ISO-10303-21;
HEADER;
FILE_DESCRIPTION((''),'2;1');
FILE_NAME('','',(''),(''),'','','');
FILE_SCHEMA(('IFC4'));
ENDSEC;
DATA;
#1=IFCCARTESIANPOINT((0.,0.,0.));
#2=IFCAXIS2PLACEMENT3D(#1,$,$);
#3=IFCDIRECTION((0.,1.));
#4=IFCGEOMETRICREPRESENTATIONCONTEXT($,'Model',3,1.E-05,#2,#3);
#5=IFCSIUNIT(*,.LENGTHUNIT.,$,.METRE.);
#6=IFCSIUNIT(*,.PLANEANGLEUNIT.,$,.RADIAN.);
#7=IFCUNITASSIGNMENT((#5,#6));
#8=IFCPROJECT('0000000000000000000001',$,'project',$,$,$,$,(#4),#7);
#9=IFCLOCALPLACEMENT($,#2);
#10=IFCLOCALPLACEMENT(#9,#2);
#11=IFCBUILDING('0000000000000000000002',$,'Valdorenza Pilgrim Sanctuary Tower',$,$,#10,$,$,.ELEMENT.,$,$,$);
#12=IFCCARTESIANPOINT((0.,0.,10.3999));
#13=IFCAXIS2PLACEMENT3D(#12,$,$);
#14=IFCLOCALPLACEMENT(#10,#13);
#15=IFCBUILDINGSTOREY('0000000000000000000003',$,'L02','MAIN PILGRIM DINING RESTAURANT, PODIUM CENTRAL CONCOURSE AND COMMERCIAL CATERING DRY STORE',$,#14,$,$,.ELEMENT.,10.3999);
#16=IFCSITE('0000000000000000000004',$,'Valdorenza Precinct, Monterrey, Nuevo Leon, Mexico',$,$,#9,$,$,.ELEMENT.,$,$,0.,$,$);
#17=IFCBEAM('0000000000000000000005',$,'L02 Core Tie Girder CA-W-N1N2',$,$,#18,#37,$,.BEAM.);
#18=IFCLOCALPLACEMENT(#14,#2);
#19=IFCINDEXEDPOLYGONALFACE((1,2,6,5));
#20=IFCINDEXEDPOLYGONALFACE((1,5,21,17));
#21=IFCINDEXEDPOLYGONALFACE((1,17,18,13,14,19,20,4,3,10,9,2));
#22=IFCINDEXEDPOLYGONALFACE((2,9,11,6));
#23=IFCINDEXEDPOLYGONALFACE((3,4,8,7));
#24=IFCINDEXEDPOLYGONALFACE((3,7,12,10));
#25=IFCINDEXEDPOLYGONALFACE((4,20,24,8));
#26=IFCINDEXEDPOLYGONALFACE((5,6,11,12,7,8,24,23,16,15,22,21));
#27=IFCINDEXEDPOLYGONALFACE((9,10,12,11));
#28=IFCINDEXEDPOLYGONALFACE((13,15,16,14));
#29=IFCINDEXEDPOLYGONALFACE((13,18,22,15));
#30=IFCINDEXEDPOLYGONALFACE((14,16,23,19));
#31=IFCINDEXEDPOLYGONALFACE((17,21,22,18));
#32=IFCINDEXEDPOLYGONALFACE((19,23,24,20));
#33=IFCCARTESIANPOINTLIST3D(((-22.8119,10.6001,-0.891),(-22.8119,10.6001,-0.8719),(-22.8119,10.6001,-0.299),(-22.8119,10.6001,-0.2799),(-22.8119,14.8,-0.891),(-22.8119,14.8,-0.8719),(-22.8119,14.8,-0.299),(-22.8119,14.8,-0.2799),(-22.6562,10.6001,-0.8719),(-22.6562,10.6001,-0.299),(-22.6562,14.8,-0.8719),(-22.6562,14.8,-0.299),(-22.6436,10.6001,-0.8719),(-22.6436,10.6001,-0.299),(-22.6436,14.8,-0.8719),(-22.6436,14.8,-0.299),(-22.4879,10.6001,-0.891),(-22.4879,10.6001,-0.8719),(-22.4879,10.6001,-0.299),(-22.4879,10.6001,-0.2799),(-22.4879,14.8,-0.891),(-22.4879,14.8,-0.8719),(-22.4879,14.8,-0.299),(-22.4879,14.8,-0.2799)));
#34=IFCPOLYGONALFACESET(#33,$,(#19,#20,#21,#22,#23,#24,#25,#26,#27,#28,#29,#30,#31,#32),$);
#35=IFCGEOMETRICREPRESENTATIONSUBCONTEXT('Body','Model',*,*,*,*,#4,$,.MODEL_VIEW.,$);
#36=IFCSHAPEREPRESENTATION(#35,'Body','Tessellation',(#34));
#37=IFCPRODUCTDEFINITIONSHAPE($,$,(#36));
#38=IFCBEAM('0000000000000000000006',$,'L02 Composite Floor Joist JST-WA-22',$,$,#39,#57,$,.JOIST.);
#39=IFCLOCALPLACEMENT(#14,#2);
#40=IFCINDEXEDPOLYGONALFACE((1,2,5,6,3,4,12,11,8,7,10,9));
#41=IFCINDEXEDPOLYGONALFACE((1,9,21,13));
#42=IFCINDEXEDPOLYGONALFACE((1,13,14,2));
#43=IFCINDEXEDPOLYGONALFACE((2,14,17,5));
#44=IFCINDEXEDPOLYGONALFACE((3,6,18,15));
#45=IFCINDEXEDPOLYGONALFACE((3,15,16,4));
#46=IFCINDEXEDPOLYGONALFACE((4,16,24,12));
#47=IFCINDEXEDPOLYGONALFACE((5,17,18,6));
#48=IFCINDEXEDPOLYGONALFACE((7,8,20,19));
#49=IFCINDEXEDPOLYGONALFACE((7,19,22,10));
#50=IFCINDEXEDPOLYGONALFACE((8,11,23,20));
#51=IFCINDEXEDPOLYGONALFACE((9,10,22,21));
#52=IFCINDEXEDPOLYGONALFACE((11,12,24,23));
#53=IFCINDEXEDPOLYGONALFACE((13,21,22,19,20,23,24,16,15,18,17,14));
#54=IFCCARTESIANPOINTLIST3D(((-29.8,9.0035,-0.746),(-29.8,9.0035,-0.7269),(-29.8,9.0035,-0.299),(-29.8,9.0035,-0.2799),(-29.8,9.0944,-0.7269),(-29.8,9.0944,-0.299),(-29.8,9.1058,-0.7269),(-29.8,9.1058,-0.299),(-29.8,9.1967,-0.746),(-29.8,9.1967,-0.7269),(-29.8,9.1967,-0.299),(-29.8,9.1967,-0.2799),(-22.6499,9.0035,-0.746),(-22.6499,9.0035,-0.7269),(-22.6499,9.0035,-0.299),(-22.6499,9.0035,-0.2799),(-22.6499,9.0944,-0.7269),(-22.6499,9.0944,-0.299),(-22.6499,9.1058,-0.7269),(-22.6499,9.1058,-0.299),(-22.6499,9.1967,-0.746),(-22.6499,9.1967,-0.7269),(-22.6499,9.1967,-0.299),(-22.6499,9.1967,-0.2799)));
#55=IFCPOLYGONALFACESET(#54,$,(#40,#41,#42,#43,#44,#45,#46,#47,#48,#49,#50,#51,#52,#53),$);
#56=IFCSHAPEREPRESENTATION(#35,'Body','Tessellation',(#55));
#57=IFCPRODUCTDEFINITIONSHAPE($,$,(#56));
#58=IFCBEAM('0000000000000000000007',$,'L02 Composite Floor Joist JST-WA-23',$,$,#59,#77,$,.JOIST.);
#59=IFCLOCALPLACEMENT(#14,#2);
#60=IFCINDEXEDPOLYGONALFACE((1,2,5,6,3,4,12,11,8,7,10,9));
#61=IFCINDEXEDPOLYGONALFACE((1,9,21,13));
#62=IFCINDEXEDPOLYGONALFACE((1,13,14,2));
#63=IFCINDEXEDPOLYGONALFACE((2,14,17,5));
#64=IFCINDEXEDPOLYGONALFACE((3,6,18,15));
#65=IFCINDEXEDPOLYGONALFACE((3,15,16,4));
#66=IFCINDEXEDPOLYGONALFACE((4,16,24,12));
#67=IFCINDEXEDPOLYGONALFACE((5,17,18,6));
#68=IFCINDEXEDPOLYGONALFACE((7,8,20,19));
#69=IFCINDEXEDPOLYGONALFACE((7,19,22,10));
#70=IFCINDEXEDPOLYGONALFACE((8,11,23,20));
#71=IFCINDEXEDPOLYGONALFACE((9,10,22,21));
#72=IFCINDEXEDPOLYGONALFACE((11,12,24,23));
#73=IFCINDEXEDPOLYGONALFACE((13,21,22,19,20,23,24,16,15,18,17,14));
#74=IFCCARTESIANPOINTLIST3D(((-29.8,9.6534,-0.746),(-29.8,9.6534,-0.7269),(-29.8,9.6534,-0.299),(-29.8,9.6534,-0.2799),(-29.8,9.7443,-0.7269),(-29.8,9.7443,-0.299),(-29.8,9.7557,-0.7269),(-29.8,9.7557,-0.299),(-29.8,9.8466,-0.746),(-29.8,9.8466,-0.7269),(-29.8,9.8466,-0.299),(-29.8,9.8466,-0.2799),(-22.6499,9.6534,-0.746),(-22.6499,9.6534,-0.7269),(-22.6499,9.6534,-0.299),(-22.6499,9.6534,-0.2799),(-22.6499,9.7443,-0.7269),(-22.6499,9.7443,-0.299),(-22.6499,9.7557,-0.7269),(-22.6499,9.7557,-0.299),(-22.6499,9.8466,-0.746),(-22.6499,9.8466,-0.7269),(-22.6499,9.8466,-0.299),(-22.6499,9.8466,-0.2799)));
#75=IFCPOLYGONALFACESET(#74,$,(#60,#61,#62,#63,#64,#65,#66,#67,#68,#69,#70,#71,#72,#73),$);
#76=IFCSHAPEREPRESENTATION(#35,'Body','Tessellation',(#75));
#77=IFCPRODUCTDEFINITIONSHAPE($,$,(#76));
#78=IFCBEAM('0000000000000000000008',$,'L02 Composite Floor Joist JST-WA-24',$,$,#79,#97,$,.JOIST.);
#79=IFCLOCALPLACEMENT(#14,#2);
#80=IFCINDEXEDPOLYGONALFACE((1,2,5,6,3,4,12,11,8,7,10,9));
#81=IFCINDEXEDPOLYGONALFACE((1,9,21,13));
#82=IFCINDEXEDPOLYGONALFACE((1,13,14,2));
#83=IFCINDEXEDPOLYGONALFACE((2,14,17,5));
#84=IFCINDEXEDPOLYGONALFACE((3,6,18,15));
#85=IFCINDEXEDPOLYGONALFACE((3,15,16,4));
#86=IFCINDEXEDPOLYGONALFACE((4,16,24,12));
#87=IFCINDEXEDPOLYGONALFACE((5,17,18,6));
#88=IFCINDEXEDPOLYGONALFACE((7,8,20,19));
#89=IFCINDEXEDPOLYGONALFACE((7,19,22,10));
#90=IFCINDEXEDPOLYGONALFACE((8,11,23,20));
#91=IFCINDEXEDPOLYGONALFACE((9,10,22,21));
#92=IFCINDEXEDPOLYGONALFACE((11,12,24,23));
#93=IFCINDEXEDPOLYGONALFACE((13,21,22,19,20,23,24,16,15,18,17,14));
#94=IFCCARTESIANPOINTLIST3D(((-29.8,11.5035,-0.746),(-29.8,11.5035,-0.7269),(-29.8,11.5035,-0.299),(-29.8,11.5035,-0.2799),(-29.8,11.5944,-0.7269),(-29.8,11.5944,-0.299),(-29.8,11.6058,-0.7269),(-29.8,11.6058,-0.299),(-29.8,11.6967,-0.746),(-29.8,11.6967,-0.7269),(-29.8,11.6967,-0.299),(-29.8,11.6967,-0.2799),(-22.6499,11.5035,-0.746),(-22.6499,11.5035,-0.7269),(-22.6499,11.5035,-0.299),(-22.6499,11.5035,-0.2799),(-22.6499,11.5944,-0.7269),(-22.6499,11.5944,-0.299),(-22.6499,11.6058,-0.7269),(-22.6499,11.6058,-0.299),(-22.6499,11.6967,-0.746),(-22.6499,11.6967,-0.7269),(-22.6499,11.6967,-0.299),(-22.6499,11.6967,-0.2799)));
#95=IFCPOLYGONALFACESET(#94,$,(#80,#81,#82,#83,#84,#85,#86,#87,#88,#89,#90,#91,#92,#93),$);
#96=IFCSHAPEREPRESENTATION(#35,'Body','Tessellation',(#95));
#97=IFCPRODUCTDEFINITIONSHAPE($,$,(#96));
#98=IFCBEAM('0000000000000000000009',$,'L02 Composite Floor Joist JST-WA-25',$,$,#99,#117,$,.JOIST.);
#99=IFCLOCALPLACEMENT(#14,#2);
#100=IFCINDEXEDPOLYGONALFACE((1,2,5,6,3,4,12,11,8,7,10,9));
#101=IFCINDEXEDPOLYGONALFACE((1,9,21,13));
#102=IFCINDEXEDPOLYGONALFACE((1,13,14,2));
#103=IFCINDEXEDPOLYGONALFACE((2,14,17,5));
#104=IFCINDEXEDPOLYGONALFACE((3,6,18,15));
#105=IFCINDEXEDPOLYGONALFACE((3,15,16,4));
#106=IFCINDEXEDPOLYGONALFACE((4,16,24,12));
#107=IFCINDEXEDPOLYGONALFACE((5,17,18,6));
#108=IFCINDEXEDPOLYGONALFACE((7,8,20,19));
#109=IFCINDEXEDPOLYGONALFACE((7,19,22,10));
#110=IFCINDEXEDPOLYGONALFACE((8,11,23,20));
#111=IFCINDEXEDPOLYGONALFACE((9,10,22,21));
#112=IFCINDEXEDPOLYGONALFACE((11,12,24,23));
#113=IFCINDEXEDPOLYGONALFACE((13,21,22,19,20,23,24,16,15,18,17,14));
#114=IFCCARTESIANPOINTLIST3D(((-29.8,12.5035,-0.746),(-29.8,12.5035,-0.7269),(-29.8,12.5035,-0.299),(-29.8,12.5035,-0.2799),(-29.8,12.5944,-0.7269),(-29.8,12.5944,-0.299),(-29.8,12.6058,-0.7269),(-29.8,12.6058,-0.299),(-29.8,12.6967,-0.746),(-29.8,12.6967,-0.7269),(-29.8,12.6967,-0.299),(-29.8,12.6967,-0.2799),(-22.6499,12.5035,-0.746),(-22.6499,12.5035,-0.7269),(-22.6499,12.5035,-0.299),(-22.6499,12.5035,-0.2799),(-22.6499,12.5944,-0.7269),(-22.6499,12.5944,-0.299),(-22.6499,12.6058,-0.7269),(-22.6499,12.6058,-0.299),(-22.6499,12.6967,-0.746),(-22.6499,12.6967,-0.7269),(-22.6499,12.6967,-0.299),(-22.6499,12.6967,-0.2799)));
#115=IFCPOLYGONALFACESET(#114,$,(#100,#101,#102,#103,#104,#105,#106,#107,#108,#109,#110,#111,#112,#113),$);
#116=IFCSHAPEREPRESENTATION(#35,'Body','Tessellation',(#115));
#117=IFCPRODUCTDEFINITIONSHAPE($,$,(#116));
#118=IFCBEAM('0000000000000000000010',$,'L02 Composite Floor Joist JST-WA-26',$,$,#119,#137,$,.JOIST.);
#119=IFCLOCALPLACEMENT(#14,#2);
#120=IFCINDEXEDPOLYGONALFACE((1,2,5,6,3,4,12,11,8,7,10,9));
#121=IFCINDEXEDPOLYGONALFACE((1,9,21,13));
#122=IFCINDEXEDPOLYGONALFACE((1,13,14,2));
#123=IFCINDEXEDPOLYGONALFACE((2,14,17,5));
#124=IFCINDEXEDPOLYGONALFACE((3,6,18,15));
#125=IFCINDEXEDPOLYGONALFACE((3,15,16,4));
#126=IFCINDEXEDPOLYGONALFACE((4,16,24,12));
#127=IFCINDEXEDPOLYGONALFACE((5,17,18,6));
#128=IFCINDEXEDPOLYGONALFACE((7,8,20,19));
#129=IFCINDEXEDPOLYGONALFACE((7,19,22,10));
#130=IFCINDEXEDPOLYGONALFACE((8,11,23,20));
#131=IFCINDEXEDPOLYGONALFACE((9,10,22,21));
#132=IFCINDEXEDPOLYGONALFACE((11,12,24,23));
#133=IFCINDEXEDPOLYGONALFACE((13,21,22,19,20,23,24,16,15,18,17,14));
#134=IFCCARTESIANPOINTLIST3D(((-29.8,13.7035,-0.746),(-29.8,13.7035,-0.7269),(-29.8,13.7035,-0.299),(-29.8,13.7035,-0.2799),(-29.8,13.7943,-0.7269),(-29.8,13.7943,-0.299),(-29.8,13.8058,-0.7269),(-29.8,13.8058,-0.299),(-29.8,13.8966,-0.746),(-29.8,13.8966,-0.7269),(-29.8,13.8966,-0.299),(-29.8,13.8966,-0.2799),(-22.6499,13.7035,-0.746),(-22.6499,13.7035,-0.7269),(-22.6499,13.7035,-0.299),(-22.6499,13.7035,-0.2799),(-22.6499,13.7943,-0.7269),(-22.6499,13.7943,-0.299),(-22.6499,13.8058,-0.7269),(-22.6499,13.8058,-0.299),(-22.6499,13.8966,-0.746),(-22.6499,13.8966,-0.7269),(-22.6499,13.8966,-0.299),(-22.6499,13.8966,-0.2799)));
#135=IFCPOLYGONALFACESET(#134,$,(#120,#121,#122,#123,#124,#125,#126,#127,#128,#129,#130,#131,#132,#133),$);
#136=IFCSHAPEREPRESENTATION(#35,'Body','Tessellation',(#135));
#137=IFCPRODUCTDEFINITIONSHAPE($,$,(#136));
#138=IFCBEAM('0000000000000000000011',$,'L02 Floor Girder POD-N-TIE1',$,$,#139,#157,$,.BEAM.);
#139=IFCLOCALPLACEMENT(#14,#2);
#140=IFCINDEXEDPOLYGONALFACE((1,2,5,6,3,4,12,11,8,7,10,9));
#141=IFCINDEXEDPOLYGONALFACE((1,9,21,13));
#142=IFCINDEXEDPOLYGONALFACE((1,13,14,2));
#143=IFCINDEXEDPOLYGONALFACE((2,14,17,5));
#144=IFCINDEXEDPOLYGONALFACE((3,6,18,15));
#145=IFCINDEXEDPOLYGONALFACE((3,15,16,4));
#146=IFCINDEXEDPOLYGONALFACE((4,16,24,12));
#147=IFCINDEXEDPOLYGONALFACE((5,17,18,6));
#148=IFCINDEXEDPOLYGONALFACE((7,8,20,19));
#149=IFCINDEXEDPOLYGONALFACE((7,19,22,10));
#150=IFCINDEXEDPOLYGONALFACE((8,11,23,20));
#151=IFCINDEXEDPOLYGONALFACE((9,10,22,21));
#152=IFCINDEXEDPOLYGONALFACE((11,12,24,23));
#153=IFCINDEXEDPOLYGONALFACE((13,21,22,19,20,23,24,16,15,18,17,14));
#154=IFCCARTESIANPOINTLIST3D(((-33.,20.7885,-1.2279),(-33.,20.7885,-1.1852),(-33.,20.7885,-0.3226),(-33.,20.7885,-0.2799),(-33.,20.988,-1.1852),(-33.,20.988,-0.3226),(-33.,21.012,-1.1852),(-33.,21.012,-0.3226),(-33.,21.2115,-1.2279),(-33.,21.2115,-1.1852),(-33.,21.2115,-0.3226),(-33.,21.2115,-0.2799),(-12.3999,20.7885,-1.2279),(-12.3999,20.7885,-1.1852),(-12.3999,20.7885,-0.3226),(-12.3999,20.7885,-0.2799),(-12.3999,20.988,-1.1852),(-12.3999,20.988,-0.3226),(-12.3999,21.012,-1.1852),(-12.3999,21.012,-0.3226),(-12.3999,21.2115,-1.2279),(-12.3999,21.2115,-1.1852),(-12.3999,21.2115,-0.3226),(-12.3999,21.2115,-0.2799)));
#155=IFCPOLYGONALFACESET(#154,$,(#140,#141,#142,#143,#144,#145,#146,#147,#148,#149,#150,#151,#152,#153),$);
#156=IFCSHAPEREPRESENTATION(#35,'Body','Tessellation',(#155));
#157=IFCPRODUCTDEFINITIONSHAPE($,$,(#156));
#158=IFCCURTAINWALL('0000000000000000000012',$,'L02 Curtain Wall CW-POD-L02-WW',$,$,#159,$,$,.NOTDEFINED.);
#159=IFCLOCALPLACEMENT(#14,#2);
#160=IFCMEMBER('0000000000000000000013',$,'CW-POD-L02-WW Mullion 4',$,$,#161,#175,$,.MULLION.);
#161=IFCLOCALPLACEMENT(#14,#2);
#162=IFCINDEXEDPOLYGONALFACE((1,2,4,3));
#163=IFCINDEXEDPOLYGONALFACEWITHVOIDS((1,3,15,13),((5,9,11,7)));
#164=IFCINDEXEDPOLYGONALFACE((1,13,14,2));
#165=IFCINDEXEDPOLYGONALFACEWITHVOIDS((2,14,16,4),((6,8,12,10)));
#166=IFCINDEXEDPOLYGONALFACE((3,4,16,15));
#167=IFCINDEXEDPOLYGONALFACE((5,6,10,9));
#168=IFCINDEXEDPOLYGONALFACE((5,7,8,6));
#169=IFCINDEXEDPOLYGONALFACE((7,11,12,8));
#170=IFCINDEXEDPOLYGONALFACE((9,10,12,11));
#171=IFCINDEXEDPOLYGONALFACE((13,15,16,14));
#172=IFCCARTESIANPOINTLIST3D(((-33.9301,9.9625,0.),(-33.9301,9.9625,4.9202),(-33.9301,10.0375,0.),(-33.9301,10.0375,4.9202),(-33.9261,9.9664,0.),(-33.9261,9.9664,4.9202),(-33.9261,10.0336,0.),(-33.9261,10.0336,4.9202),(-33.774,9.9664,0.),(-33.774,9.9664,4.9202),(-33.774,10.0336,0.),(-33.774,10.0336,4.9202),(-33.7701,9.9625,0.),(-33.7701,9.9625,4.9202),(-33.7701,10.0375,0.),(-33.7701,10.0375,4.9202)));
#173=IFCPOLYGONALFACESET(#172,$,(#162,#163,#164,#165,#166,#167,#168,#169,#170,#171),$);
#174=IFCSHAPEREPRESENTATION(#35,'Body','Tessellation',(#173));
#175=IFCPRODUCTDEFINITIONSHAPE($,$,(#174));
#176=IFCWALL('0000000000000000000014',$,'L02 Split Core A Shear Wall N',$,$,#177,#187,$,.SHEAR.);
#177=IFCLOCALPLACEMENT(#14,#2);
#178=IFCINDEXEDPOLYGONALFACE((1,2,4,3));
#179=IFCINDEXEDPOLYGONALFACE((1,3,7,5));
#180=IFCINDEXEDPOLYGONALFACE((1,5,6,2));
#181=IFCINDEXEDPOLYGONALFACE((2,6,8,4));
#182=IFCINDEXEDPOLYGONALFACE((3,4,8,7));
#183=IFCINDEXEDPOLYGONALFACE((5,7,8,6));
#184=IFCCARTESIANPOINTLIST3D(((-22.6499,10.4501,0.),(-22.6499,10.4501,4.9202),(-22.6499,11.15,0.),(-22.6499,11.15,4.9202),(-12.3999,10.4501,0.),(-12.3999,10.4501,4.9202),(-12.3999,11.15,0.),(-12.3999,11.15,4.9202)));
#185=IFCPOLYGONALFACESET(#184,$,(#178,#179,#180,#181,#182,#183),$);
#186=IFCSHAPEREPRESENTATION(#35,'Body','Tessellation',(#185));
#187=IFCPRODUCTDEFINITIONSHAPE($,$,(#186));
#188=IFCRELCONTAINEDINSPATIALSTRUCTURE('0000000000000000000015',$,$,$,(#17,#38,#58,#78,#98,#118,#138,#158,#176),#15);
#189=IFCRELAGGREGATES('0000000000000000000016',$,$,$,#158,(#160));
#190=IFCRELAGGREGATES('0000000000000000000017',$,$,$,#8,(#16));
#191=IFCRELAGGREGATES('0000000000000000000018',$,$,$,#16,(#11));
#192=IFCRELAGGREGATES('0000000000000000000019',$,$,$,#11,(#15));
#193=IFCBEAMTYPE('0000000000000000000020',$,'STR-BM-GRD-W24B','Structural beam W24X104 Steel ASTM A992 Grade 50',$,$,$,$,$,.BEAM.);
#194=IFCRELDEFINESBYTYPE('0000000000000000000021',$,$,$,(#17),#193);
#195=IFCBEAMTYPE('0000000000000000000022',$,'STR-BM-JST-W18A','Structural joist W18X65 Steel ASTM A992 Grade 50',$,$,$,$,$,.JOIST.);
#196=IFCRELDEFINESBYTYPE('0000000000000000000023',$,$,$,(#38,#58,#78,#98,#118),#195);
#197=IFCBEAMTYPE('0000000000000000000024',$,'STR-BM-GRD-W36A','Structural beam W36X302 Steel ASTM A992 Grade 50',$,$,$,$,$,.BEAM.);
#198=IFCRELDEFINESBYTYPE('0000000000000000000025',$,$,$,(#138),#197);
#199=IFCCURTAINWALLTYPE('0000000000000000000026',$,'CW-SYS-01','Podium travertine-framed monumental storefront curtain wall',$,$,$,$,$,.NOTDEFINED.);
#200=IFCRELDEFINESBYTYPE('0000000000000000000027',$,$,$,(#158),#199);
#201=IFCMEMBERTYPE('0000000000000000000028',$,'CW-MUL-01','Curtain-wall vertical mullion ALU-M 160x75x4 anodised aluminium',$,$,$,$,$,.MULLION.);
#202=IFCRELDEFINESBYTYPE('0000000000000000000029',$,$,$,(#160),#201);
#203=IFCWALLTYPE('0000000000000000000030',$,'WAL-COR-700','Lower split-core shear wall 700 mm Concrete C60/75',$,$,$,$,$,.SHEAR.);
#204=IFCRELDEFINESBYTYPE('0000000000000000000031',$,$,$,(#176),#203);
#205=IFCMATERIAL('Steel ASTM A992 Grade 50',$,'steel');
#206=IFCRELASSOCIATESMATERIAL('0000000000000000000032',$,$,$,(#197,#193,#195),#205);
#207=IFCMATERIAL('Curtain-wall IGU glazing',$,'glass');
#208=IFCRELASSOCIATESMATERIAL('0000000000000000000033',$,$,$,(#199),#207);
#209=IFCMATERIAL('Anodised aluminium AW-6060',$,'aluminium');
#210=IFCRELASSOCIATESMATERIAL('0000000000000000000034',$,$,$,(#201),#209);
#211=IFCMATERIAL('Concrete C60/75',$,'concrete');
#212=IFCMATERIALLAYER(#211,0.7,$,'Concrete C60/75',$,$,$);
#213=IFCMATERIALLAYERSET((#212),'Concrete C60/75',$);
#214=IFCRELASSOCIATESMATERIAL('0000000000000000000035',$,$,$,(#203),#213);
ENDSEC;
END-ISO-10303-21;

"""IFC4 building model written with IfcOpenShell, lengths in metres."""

from ifc_helpers import new_model, si_unit, direction, frame, frame_2d, origin, origin_2d, place, context, subcontext, project, spatial, rectangle, hollow_rectangle, i_section, extrude, source, transform, mapped, material, layer, layer_set, material_profile, profile_set, type_object, element, aggregate, save


model = new_model("IFC4")

# Units and contexts
model_context = context("Model", 3, precision=1e-05, world=origin(), true_north=direction((0.0, 1.0)))
body_context = subcontext(model_context, "Body", "Model", "MODEL_VIEW")
ifc_project = project(units=[si_unit("LENGTHUNIT", "METRE"), si_unit("PLANEANGLEUNIT", "RADIAN")], contexts=[model_context])

# Site, building, storey
site_placement = place(None, origin())
site = spatial("IfcSite", under=ifc_project, at=site_placement, Name="Valdorenza Precinct, Monterrey, Nuevo Leon, Mexico", CompositionType="ELEMENT", RefElevation=0.0)
building_placement = place(site_placement, origin())
building = spatial("IfcBuilding", under=site, at=building_placement, Name="Valdorenza Pilgrim Sanctuary Tower", CompositionType="ELEMENT")
storey_placement = place(building_placement, frame((0.0, 0.0, 10.3999)))
storey = spatial("IfcBuildingStorey", under=building, at=storey_placement, Name="L02", Description="MAIN PILGRIM DINING RESTAURANT, PODIUM CENTRAL CONCOURSE AND COMMERCIAL CATERING DRY STORE", CompositionType="ELEMENT", Elevation=10.3999)

# Shared definitions
ifc_material_1 = material(Name="Concrete C60/75", Category="concrete")

# Beams
ifc_material_2 = material(Name="Steel ASTM A992 Grade 50", Category="steel")
ifc_material_profile_1 = material_profile(ifc_material_2, i_section(OverallWidth=0.4231, OverallDepth=0.948, WebThickness=0.0239, FlangeThickness=0.0427, at=origin_2d()), Name="W36X302")
ifc_profile_set_1 = profile_set([ifc_material_profile_1], Name="Steel ASTM A992 Grade 50")
beam_type_1 = type_object("IfcBeamType", Name="STR-BM-GRD-W36A", Description="Structural beam W36X302 Steel ASTM A992 Grade 50", PredefinedType="BEAM", material=ifc_profile_set_1)
ifc_material_profile_2 = material_profile(ifc_material_2, i_section(OverallWidth=0.324, OverallDepth=0.6111, WebThickness=0.0127, FlangeThickness=0.019, at=origin_2d()), Name="W24X104")
ifc_profile_set_2 = profile_set([ifc_material_profile_2], Name="Steel ASTM A992 Grade 50")
beam_type_2 = type_object("IfcBeamType", Name="STR-BM-GRD-W24B", Description="Structural beam W24X104 Steel ASTM A992 Grade 50", PredefinedType="BEAM", material=ifc_profile_set_2)
shared_shape_1 = source(origin(), body_context, "Body", "SweptSolid", [
    extrude(i_section(OverallWidth=0.324, OverallDepth=0.6111, WebThickness=0.0127, FlangeThickness=0.019, at=origin_2d()), origin(), (0.0, 0.0, 1.0), 4.2),
])
beam_1_placement = place(storey_placement, frame((-22.6499, 10.6001, -0.5854), z_axis=(0.0, 1.0, 0.0), x_axis=(-1.0, 0.0, 0.0)))
element("IfcBeam", 1, at=beam_1_placement, inside=storey, type_object=beam_type_2, Name="L02 Core Tie Girder CA-W-N1N2", PredefinedType="BEAM", context=body_context, shape_type="MappedRepresentation", body=[
    mapped(shared_shape_1, transform((0.0, 0.0, 0.0), x_axis=(1.0, 0.0, 0.0), y_axis=(0.0, 1.0, 0.0), z_axis=(0.0, 0.0, 1.0), scale=1.0)),
])
ifc_material_profile_3 = material_profile(ifc_material_2, i_section(OverallWidth=0.1931, OverallDepth=0.4661, WebThickness=0.0115, FlangeThickness=0.019, at=origin_2d()), Name="W18X65")
ifc_profile_set_3 = profile_set([ifc_material_profile_3], Name="Steel ASTM A992 Grade 50")
beam_type_3 = type_object("IfcBeamType", Name="STR-BM-JST-W18A", Description="Structural joist W18X65 Steel ASTM A992 Grade 50", PredefinedType="JOIST", material=ifc_profile_set_3)
shared_shape_2 = source(origin(), body_context, "Body", "SweptSolid", [
    extrude(i_section(OverallWidth=0.1931, OverallDepth=0.4661, WebThickness=0.0115, FlangeThickness=0.019, at=origin_2d()), origin(), (0.0, 0.0, 1.0), 7.1501),
])
for number, where, z_axis, x_axis, name in (
    (2, (-29.8, 9.1001, -0.5129), (1.0, 0.0, 0.0), (0.0, 1.0, 0.0), "L02 Composite Floor Joist JST-WA-22"),
    (3, (-29.8, 9.75, -0.5129), (1.0, 0.0, 0.0), (0.0, 1.0, 0.0), "L02 Composite Floor Joist JST-WA-23"),
    (4, (-29.8, 11.6001, -0.5129), (1.0, 0.0, 0.0), (0.0, 1.0, 0.0), "L02 Composite Floor Joist JST-WA-24"),
    (5, (-29.8, 12.6001, -0.5129), (1.0, 0.0, 0.0), (0.0, 1.0, 0.0), "L02 Composite Floor Joist JST-WA-25"),
    (6, (-29.8, 13.8, -0.5129), (1.0, 0.0, 0.0), (0.0, 1.0, 0.0), "L02 Composite Floor Joist JST-WA-26"),
):
    element("IfcBeam", number, at=place(storey_placement, frame(where, z_axis=z_axis, x_axis=x_axis)), inside=storey, type_object=beam_type_3, Name=name, PredefinedType="JOIST", context=body_context, shape_type="MappedRepresentation", body=[
        mapped(shared_shape_2, transform((0.0, 0.0, 0.0), x_axis=(1.0, 0.0, 0.0), y_axis=(0.0, 1.0, 0.0), z_axis=(0.0, 0.0, 1.0), scale=1.0)),
    ])
shared_shape_3 = source(origin(), body_context, "Body", "SweptSolid", [
    extrude(i_section(OverallWidth=0.4231, OverallDepth=0.948, WebThickness=0.0239, FlangeThickness=0.0427, at=origin_2d()), origin(), (0.0, 0.0, 1.0), 20.6001),
])
beam_2_placement = place(storey_placement, frame((-33.0, 21.0, -0.7539), z_axis=(1.0, 0.0, 0.0), x_axis=(0.0, 1.0, 0.0)))
element("IfcBeam", 7, at=beam_2_placement, inside=storey, type_object=beam_type_1, Name="L02 Floor Girder POD-N-TIE1", PredefinedType="BEAM", context=body_context, shape_type="MappedRepresentation", body=[
    mapped(shared_shape_3, transform((0.0, 0.0, 0.0), x_axis=(1.0, 0.0, 0.0), y_axis=(0.0, 1.0, 0.0), z_axis=(0.0, 0.0, 1.0), scale=1.0)),
])

# Curtain wall, member
ifc_material_3 = material(Name="Curtain-wall IGU glazing", Category="glass")
curtain_wall_type = type_object("IfcCurtainWallType", Name="CW-SYS-01", Description="Podium travertine-framed monumental storefront curtain wall", PredefinedType="NOTDEFINED", material=ifc_material_3)
curtain_wall_placement = place(storey_placement, origin())
curtain_wall = element("IfcCurtainWall", 8, at=curtain_wall_placement, inside=storey, type_object=curtain_wall_type, Name="L02 Curtain Wall CW-POD-L02-WW", PredefinedType="NOTDEFINED")
ifc_material_4 = material(Name="Anodised aluminium AW-6060", Category="aluminium")
ifc_material_profile_4 = material_profile(ifc_material_4, hollow_rectangle(XDim=0.075, YDim=0.1599, WallThickness=0.0039, at=origin_2d()), Name="ALU-M 160x75x4")
ifc_profile_set_4 = profile_set([ifc_material_profile_4], Name="Anodised aluminium AW-6060")
member_type = type_object("IfcMemberType", Name="CW-MUL-01", Description="Curtain-wall vertical mullion ALU-M 160x75x4 anodised aluminium", PredefinedType="MULLION", material=ifc_profile_set_4)
shared_shape_4 = source(origin(), body_context, "Body", "SweptSolid", [
    extrude(hollow_rectangle(XDim=0.075, YDim=0.1599, WallThickness=0.0039, at=origin_2d()), origin(), (0.0, 0.0, 1.0), 4.9202),
])
member_placement = place(storey_placement, frame((-33.8501, 10.0, 0.0), z_axis=(0.0, 0.0, 1.0), x_axis=(0.0, 1.0, 0.0)))
member = element("IfcMember", 9, at=member_placement, type_object=member_type, Name="CW-POD-L02-WW Mullion 4", PredefinedType="MULLION", context=body_context, shape_type="MappedRepresentation", body=[
    mapped(shared_shape_4, transform((0.0, 0.0, 0.0), x_axis=(1.0, 0.0, 0.0), y_axis=(0.0, 1.0, 0.0), z_axis=(0.0, 0.0, 1.0), scale=1.0)),
])
aggregate(curtain_wall, [member])

# Wall
ifc_layer_1 = layer(ifc_material_1, 0.7, Name="Concrete C60/75")
ifc_layer_set_1 = layer_set([ifc_layer_1], Name="Concrete C60/75")
wall_type_1 = type_object("IfcWallType", Name="WAL-COR-700", Description="Lower split-core shear wall 700 mm Concrete C60/75", PredefinedType="SHEAR", material=ifc_layer_set_1)
wall_1_placement = place(storey_placement, frame((-22.6499, 10.8, 0.0), z_axis=(0.0, 0.0, 1.0), x_axis=(1.0, 0.0, 0.0)))
element("IfcWall", 10, at=wall_1_placement, inside=storey, type_object=wall_type_1, Name="L02 Split Core A Shear Wall N", PredefinedType="SHEAR", context=body_context, shape_type="SweptSolid", body=[
    extrude(rectangle(XDim=10.25, YDim=0.7, at=frame_2d((5.125, 0.0))), origin(), (0.0, 0.0, 1.0), 4.9202),
])

save(model, "model.ifc")
